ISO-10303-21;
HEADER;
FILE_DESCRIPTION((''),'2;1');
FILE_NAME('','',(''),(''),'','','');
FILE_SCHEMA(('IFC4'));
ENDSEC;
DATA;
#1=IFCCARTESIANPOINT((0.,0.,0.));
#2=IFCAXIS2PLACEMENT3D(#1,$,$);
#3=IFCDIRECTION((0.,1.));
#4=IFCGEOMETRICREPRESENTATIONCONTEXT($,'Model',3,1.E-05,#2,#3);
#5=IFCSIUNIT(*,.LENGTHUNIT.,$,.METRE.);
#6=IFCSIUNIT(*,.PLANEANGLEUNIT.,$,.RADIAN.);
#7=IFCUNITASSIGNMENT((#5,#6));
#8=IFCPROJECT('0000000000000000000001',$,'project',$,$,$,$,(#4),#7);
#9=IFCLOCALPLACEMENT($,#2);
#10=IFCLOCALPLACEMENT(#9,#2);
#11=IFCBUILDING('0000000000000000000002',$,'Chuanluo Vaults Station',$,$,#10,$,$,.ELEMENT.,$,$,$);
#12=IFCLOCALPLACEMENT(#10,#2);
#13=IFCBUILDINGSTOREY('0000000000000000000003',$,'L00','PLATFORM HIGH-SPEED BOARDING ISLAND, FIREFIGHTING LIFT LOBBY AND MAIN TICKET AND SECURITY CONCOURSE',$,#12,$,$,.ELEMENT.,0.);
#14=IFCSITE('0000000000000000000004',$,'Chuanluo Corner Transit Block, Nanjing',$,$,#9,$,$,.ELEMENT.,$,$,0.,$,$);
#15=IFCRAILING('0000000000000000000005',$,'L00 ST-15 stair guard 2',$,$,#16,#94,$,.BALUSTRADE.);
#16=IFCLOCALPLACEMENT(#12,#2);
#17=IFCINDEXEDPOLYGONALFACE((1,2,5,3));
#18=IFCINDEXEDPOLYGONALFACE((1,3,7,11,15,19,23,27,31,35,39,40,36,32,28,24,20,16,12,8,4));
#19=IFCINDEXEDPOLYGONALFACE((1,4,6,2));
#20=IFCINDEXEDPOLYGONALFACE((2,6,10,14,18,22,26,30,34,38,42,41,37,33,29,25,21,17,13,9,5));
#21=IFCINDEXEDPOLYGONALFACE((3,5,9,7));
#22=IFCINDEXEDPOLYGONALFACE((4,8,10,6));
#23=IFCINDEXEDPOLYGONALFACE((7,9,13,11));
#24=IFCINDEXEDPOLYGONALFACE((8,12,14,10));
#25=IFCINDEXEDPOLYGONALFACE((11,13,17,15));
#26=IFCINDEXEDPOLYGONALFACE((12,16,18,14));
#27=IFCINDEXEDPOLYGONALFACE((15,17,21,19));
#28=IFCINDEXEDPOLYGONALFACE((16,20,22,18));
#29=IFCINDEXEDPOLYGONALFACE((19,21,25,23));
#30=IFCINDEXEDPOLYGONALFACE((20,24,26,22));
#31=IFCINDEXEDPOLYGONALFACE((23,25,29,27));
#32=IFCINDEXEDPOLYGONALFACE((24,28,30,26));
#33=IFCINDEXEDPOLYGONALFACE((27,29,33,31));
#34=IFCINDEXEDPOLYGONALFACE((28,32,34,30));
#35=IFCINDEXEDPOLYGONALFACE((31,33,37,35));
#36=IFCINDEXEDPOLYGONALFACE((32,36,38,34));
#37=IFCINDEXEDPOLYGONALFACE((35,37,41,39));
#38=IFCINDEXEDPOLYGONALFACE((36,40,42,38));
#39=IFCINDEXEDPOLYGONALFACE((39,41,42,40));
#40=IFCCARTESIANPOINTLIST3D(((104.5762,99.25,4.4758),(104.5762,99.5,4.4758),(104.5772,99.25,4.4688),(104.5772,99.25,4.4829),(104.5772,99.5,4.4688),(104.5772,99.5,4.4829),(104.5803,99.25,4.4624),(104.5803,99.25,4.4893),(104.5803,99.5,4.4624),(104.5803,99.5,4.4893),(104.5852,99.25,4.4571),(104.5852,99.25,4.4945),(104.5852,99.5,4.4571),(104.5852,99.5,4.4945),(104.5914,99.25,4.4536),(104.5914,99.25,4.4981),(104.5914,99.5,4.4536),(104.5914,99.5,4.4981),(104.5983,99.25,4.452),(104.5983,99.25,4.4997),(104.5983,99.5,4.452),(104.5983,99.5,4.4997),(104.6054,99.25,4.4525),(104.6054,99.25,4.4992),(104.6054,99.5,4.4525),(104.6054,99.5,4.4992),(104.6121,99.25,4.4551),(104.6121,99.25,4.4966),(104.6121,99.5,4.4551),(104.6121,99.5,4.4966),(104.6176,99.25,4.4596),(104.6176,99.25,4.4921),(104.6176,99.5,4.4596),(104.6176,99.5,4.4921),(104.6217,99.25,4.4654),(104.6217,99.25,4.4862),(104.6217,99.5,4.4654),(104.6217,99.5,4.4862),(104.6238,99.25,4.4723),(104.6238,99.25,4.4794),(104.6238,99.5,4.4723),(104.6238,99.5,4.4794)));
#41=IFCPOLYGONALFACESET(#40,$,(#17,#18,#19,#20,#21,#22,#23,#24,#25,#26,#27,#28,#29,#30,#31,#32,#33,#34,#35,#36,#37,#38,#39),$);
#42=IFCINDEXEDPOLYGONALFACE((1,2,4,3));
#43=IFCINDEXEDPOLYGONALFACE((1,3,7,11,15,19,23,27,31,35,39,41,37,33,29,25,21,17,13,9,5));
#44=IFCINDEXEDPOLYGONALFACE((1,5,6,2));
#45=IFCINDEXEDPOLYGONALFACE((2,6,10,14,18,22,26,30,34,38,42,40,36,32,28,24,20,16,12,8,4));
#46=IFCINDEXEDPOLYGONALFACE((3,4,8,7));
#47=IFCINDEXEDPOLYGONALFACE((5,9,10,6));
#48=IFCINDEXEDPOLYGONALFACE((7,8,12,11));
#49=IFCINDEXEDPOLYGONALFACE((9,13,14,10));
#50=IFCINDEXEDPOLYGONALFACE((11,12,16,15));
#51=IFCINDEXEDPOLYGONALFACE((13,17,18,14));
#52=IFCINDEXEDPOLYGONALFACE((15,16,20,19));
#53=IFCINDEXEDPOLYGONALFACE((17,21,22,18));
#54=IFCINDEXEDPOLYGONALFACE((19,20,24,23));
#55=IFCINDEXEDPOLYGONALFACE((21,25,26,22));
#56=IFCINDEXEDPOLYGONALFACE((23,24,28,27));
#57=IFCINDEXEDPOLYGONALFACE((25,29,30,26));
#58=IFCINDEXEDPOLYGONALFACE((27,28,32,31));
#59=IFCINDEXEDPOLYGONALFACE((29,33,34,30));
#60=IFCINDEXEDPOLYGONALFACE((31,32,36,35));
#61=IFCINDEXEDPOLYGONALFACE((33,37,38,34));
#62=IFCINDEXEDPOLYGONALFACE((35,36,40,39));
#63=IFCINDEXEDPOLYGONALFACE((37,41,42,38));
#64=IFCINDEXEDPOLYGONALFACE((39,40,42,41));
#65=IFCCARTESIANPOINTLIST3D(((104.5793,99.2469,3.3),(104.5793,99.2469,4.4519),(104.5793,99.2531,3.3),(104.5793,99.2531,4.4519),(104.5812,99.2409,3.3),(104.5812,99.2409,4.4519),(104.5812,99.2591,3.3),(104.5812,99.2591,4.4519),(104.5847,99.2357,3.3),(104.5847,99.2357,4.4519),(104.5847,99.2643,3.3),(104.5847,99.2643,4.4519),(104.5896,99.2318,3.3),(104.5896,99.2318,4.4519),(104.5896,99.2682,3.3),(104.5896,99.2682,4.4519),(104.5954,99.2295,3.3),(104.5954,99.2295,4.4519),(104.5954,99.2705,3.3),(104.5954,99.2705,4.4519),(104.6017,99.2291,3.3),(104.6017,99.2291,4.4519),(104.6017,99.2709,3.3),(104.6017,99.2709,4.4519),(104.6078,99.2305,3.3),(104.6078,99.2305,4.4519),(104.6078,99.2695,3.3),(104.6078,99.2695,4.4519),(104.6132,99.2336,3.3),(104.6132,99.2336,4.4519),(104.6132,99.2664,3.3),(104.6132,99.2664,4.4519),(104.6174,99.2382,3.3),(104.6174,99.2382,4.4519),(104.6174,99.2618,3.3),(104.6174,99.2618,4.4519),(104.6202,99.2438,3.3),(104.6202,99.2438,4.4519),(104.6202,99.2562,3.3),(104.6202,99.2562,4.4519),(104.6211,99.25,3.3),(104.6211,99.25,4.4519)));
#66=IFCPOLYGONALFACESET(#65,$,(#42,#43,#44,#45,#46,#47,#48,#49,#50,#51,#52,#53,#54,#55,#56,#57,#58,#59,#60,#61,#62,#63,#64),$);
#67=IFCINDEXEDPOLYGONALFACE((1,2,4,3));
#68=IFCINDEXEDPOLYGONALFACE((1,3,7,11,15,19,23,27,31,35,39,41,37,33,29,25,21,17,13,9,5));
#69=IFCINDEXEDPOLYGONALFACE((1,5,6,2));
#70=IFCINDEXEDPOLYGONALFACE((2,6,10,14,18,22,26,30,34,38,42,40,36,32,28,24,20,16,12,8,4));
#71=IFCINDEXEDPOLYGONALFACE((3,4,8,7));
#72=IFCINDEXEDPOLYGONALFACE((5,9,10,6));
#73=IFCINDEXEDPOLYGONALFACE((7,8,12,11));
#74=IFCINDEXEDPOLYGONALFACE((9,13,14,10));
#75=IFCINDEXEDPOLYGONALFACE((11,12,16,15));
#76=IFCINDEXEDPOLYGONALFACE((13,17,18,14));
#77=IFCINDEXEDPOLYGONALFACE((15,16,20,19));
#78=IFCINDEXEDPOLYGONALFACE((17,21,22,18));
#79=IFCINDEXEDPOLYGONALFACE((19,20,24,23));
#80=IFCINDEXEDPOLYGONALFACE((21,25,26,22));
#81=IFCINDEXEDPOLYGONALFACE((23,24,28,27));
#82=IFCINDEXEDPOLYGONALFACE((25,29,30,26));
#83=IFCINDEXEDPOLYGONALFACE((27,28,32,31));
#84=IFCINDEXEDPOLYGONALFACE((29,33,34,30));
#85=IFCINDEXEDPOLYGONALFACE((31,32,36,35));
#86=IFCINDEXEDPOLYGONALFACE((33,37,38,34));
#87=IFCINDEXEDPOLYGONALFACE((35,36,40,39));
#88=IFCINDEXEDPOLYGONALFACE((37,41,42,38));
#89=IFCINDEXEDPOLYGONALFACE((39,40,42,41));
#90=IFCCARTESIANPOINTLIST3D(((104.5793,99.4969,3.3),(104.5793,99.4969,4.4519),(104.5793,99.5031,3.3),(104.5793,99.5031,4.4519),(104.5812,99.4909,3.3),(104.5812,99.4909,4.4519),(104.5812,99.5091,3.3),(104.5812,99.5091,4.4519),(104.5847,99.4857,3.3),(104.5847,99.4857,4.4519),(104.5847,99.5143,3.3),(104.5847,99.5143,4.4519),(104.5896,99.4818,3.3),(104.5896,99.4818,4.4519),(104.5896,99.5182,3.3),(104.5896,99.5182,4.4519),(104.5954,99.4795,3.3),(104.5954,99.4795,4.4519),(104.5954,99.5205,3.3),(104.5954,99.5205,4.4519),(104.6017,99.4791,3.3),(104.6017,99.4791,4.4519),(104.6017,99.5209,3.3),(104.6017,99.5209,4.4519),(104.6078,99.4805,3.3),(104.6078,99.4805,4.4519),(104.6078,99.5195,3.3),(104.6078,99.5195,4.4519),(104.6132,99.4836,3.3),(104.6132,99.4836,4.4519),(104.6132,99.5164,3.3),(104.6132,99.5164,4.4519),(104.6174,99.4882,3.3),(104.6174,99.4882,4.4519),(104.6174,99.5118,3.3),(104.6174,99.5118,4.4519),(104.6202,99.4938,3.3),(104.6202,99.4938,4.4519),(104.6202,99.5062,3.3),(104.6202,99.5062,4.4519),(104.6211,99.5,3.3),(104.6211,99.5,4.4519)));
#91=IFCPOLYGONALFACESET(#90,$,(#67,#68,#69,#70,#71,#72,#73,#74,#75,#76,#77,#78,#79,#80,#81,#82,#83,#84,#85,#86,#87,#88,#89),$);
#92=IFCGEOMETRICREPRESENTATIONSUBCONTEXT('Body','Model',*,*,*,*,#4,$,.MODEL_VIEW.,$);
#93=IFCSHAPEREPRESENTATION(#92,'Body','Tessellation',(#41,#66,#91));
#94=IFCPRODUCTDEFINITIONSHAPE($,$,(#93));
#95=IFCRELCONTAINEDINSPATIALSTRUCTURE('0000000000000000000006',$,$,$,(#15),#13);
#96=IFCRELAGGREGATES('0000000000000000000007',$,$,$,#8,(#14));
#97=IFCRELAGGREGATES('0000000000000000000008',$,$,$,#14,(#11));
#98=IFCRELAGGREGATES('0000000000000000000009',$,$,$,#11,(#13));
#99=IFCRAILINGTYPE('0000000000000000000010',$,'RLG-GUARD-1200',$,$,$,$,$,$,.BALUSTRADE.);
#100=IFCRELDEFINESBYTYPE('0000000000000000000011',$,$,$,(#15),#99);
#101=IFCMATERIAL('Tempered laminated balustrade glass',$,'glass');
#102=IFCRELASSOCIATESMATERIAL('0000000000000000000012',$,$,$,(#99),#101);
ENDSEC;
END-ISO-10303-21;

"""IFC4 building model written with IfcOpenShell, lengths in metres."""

from ifc_helpers import new_model, si_unit, direction, frame, origin, origin_2d, place, context, subcontext, project, spatial, circle, extrude, material, type_object, element, save


model = new_model("IFC4")

# Units and contexts
model_context = context("Model", 3, precision=1e-05, world=origin(), true_north=direction((0.0, 1.0)))
body_context = subcontext(model_context, "Body", "Model", "MODEL_VIEW")
ifc_project = project(units=[si_unit("LENGTHUNIT", "METRE"), si_unit("PLANEANGLEUNIT", "RADIAN")], contexts=[model_context])

# Site, building, storey
site_placement = place(None, origin())
site = spatial("IfcSite", under=ifc_project, at=site_placement, Name="Chuanluo Corner Transit Block, Nanjing", CompositionType="ELEMENT", RefElevation=0.0)
building_placement = place(site_placement, origin())
building = spatial("IfcBuilding", under=site, at=building_placement, Name="Chuanluo Vaults Station", CompositionType="ELEMENT")
storey_placement = place(building_placement, origin())
storey = spatial("IfcBuildingStorey", under=building, at=storey_placement, Name="L00", Description="PLATFORM HIGH-SPEED BOARDING ISLAND, FIREFIGHTING LIFT LOBBY AND MAIN TICKET AND SECURITY CONCOURSE", CompositionType="ELEMENT", Elevation=0.0)

# Railing
ifc_material_1 = material(Name="Tempered laminated balustrade glass", Category="glass")
railing_type = type_object("IfcRailingType", Name="RLG-GUARD-1200", PredefinedType="BALUSTRADE", material=ifc_material_1)
for number, where, name in (
    (1, (104.6001, 99.25, 3.3), "L00 ST-15 stair guard 2"),
):
    element("IfcRailing", number, at=place(storey_placement, frame(where)), inside=storey, type_object=railing_type, Name=name, PredefinedType="BALUSTRADE", context=body_context, shape_type="SweptSolid", body=[
        extrude(circle(Radius=0.0239, at=origin_2d()), frame((0.0, 0.0, 1.1758), z_axis=(0.0, 1.0, 0.0), x_axis=(-1.0, 0.0, 0.0)), (0.0, 0.0, 1.0), 0.25),
        extrude(circle(Radius=0.021, at=origin_2d()), origin(), (0.0, 0.0, 1.0), 1.1519),
        extrude(circle(Radius=0.021, at=origin_2d()), frame((0.0, 0.25, 0.0)), (0.0, 0.0, 1.0), 1.1519),
    ])

save(model, "model.ifc")
